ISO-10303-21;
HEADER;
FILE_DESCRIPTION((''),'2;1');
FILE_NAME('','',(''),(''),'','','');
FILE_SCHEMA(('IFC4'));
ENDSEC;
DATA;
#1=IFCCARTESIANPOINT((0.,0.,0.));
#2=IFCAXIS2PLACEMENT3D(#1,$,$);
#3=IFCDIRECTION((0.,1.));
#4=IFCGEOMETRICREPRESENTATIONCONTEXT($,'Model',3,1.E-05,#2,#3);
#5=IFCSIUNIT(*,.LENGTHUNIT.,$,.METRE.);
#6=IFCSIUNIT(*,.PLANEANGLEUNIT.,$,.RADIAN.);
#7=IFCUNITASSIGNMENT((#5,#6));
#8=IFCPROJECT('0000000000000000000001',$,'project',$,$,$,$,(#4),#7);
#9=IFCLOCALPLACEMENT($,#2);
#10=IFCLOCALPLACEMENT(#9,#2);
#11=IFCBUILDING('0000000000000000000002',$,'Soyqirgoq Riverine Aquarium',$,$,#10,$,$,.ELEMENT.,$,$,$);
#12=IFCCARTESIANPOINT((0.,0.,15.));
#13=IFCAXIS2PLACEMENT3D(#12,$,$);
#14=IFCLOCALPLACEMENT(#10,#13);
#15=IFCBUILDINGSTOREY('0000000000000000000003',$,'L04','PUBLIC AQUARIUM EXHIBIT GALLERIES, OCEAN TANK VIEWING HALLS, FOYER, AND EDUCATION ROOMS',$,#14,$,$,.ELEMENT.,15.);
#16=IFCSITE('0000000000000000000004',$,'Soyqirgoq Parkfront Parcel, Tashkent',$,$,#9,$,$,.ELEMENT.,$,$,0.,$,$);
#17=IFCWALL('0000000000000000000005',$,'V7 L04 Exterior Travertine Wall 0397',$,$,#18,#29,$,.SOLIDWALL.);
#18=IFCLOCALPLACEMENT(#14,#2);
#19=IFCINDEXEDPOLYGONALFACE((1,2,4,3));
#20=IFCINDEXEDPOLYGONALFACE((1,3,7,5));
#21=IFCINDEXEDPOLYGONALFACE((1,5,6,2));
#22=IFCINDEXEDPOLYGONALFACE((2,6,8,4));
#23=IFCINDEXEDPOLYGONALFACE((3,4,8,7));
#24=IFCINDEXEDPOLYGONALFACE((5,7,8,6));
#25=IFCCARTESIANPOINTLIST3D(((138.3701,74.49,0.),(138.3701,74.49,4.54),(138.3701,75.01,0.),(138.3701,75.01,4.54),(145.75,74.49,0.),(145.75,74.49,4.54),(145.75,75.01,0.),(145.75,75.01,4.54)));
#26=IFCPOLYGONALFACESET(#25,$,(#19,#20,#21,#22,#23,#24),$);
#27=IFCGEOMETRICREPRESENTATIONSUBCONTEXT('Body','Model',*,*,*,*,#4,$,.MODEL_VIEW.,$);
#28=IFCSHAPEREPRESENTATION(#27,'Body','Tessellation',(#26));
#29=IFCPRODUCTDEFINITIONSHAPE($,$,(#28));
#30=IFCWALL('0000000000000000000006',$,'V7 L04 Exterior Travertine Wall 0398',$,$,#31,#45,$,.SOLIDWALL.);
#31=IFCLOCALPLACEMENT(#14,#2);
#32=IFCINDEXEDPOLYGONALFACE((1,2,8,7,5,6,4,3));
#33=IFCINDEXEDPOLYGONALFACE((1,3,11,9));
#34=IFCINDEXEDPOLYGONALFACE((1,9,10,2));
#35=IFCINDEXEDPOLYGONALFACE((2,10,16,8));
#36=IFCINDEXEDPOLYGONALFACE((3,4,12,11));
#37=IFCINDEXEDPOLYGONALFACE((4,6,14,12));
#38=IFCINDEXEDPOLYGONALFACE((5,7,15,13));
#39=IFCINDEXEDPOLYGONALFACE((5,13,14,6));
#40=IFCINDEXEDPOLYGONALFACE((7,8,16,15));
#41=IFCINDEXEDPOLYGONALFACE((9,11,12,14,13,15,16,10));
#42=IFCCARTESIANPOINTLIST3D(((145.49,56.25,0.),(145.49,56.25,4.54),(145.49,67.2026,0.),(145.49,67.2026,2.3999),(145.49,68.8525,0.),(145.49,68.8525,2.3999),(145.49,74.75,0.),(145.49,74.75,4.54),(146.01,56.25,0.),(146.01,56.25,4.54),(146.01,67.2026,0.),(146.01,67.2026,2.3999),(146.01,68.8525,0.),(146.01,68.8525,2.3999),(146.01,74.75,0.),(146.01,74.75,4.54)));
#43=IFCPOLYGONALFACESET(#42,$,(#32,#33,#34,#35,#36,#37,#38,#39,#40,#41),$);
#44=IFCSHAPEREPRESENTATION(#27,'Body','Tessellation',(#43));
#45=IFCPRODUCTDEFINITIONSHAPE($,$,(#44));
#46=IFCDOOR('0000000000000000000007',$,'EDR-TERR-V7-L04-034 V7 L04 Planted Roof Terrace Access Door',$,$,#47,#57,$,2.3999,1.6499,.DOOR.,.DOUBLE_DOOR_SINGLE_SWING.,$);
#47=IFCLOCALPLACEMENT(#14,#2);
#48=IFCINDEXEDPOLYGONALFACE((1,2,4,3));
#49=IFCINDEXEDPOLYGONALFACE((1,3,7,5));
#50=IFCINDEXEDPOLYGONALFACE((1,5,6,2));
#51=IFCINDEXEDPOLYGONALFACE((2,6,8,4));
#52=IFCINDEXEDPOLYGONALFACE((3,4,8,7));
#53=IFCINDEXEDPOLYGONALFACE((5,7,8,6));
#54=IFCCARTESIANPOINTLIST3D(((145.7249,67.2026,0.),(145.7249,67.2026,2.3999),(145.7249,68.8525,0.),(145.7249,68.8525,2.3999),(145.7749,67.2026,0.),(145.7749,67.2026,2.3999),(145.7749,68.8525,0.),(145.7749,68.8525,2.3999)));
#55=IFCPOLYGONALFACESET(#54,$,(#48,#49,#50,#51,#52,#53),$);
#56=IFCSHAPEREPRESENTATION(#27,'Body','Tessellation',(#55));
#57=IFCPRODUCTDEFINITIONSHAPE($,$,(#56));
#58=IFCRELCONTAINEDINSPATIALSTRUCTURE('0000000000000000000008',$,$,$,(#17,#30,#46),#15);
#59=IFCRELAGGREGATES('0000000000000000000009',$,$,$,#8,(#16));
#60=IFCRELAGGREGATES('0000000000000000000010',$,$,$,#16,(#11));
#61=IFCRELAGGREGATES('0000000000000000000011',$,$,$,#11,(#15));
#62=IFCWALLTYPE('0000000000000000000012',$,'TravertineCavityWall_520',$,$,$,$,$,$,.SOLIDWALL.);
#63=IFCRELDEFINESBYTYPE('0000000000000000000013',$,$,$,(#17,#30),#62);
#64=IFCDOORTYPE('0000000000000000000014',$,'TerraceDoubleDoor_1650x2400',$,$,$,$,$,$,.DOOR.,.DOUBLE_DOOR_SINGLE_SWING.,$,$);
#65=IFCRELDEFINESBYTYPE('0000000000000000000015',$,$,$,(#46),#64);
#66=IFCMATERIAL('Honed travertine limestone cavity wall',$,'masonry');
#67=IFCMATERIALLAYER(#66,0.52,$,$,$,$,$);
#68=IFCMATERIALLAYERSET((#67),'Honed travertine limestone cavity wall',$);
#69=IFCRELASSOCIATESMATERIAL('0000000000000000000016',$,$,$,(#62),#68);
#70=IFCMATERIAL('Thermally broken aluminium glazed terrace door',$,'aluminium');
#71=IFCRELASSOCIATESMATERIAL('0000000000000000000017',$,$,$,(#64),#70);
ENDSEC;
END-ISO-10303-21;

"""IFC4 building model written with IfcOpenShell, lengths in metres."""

from ifc_helpers import new_model, si_unit, direction, frame, frame_2d, origin, place, context, subcontext, project, spatial, rectangle, extrude, material, layer, layer_set, type_object, element, fill, save


model = new_model("IFC4")

# Units and contexts
model_context = context("Model", 3, precision=1e-05, world=origin(), true_north=direction((0.0, 1.0)))
body_context = subcontext(model_context, "Body", "Model", "MODEL_VIEW")
ifc_project = project(units=[si_unit("LENGTHUNIT", "METRE"), si_unit("PLANEANGLEUNIT", "RADIAN")], contexts=[model_context])

# Site, building, storey
site_placement = place(None, origin())
site = spatial("IfcSite", under=ifc_project, at=site_placement, Name="Soyqirgoq Parkfront Parcel, Tashkent", CompositionType="ELEMENT", RefElevation=0.0)
building_placement = place(site_placement, origin())
building = spatial("IfcBuilding", under=site, at=building_placement, Name="Soyqirgoq Riverine Aquarium", CompositionType="ELEMENT")
storey_placement = place(building_placement, frame((0.0, 0.0, 15.0)))
storey = spatial("IfcBuildingStorey", under=building, at=storey_placement, Name="L04", Description="PUBLIC AQUARIUM EXHIBIT GALLERIES, OCEAN TANK VIEWING HALLS, FOYER, AND EDUCATION ROOMS", CompositionType="ELEMENT", Elevation=15.0)

# Wall
ifc_material_1 = material(Name="Honed travertine limestone cavity wall", Category="masonry")
ifc_layer_1 = layer(ifc_material_1, 0.52)
ifc_layer_set_1 = layer_set([ifc_layer_1], Name="Honed travertine limestone cavity wall")
wall_type_1 = type_object("IfcWallType", Name="TravertineCavityWall_520", PredefinedType="SOLIDWALL", material=ifc_layer_set_1)
wall_1_placement = place(storey_placement, frame((138.3701, 74.75, 0.0), z_axis=(0.0, 0.0, 1.0), x_axis=(1.0, 0.0, 0.0)))
element("IfcWall", 1, at=wall_1_placement, inside=storey, type_object=wall_type_1, Name="V7 L04 Exterior Travertine Wall 0397", PredefinedType="SOLIDWALL", context=body_context, shape_type="SweptSolid", body=[
    extrude(rectangle(XDim=7.3799, YDim=0.52, at=frame_2d((3.6899, 0.0))), origin(), (0.0, 0.0, 1.0), 4.54),
])

# Wall, opening, door
wall_2_placement = place(storey_placement, frame((145.75, 74.75, 0.0), z_axis=(0.0, 0.0, 1.0), x_axis=(0.0, -1.0, 0.0)))
wall_2 = element("IfcWall", 2, at=wall_2_placement, inside=storey, type_object=wall_type_1, Name="V7 L04 Exterior Travertine Wall 0398", PredefinedType="SOLIDWALL", context=body_context, shape_type="SweptSolid", body=[
    extrude(rectangle(XDim=18.5, YDim=0.52, at=frame_2d((9.25, 0.0))), origin(), (0.0, 0.0, 1.0), 4.54),
])
opening_1_placement = place(wall_2_placement, frame((5.8975, 0.0, 0.0)))
opening_1 = element("IfcOpeningElement", 3, at=opening_1_placement, cuts=wall_2, PredefinedType="OPENING", context=body_context, shape_type="SweptSolid", body=[
    extrude(rectangle(XDim=1.6499, YDim=2.3999, at=frame_2d((0.825, 1.2))), frame((0.0, 0.27, 0.0), z_axis=(0.0, -1.0, 0.0), x_axis=(1.0, 0.0, 0.0)), (0.0, 0.0, 1.0), 0.54),
])
ifc_material_2 = material(Name="Thermally broken aluminium glazed terrace door", Category="aluminium")
door_type = type_object("IfcDoorType", Name="TerraceDoubleDoor_1650x2400", OperationType="DOUBLE_DOOR_SINGLE_SWING", PredefinedType="DOOR", material=ifc_material_2)
door_placement = place(opening_1_placement, origin())
door = element("IfcDoor", 4, at=door_placement, inside=storey, type_object=door_type, Name="EDR-TERR-V7-L04-034 V7 L04 Planted Roof Terrace Access Door", OperationType="DOUBLE_DOOR_SINGLE_SWING", OverallHeight=2.3999, OverallWidth=1.6499, PredefinedType="DOOR", context=body_context, shape_type="SweptSolid", body=[
    extrude(rectangle(XDim=1.6499, YDim=2.3999, at=frame_2d((0.825, 1.2))), frame((0.0, 0.0249, 0.0), z_axis=(0.0, -1.0, 0.0), x_axis=(1.0, 0.0, 0.0)), (0.0, 0.0, 1.0), 0.05),
])
fill(opening_1, door)

save(model, "model.ifc")
